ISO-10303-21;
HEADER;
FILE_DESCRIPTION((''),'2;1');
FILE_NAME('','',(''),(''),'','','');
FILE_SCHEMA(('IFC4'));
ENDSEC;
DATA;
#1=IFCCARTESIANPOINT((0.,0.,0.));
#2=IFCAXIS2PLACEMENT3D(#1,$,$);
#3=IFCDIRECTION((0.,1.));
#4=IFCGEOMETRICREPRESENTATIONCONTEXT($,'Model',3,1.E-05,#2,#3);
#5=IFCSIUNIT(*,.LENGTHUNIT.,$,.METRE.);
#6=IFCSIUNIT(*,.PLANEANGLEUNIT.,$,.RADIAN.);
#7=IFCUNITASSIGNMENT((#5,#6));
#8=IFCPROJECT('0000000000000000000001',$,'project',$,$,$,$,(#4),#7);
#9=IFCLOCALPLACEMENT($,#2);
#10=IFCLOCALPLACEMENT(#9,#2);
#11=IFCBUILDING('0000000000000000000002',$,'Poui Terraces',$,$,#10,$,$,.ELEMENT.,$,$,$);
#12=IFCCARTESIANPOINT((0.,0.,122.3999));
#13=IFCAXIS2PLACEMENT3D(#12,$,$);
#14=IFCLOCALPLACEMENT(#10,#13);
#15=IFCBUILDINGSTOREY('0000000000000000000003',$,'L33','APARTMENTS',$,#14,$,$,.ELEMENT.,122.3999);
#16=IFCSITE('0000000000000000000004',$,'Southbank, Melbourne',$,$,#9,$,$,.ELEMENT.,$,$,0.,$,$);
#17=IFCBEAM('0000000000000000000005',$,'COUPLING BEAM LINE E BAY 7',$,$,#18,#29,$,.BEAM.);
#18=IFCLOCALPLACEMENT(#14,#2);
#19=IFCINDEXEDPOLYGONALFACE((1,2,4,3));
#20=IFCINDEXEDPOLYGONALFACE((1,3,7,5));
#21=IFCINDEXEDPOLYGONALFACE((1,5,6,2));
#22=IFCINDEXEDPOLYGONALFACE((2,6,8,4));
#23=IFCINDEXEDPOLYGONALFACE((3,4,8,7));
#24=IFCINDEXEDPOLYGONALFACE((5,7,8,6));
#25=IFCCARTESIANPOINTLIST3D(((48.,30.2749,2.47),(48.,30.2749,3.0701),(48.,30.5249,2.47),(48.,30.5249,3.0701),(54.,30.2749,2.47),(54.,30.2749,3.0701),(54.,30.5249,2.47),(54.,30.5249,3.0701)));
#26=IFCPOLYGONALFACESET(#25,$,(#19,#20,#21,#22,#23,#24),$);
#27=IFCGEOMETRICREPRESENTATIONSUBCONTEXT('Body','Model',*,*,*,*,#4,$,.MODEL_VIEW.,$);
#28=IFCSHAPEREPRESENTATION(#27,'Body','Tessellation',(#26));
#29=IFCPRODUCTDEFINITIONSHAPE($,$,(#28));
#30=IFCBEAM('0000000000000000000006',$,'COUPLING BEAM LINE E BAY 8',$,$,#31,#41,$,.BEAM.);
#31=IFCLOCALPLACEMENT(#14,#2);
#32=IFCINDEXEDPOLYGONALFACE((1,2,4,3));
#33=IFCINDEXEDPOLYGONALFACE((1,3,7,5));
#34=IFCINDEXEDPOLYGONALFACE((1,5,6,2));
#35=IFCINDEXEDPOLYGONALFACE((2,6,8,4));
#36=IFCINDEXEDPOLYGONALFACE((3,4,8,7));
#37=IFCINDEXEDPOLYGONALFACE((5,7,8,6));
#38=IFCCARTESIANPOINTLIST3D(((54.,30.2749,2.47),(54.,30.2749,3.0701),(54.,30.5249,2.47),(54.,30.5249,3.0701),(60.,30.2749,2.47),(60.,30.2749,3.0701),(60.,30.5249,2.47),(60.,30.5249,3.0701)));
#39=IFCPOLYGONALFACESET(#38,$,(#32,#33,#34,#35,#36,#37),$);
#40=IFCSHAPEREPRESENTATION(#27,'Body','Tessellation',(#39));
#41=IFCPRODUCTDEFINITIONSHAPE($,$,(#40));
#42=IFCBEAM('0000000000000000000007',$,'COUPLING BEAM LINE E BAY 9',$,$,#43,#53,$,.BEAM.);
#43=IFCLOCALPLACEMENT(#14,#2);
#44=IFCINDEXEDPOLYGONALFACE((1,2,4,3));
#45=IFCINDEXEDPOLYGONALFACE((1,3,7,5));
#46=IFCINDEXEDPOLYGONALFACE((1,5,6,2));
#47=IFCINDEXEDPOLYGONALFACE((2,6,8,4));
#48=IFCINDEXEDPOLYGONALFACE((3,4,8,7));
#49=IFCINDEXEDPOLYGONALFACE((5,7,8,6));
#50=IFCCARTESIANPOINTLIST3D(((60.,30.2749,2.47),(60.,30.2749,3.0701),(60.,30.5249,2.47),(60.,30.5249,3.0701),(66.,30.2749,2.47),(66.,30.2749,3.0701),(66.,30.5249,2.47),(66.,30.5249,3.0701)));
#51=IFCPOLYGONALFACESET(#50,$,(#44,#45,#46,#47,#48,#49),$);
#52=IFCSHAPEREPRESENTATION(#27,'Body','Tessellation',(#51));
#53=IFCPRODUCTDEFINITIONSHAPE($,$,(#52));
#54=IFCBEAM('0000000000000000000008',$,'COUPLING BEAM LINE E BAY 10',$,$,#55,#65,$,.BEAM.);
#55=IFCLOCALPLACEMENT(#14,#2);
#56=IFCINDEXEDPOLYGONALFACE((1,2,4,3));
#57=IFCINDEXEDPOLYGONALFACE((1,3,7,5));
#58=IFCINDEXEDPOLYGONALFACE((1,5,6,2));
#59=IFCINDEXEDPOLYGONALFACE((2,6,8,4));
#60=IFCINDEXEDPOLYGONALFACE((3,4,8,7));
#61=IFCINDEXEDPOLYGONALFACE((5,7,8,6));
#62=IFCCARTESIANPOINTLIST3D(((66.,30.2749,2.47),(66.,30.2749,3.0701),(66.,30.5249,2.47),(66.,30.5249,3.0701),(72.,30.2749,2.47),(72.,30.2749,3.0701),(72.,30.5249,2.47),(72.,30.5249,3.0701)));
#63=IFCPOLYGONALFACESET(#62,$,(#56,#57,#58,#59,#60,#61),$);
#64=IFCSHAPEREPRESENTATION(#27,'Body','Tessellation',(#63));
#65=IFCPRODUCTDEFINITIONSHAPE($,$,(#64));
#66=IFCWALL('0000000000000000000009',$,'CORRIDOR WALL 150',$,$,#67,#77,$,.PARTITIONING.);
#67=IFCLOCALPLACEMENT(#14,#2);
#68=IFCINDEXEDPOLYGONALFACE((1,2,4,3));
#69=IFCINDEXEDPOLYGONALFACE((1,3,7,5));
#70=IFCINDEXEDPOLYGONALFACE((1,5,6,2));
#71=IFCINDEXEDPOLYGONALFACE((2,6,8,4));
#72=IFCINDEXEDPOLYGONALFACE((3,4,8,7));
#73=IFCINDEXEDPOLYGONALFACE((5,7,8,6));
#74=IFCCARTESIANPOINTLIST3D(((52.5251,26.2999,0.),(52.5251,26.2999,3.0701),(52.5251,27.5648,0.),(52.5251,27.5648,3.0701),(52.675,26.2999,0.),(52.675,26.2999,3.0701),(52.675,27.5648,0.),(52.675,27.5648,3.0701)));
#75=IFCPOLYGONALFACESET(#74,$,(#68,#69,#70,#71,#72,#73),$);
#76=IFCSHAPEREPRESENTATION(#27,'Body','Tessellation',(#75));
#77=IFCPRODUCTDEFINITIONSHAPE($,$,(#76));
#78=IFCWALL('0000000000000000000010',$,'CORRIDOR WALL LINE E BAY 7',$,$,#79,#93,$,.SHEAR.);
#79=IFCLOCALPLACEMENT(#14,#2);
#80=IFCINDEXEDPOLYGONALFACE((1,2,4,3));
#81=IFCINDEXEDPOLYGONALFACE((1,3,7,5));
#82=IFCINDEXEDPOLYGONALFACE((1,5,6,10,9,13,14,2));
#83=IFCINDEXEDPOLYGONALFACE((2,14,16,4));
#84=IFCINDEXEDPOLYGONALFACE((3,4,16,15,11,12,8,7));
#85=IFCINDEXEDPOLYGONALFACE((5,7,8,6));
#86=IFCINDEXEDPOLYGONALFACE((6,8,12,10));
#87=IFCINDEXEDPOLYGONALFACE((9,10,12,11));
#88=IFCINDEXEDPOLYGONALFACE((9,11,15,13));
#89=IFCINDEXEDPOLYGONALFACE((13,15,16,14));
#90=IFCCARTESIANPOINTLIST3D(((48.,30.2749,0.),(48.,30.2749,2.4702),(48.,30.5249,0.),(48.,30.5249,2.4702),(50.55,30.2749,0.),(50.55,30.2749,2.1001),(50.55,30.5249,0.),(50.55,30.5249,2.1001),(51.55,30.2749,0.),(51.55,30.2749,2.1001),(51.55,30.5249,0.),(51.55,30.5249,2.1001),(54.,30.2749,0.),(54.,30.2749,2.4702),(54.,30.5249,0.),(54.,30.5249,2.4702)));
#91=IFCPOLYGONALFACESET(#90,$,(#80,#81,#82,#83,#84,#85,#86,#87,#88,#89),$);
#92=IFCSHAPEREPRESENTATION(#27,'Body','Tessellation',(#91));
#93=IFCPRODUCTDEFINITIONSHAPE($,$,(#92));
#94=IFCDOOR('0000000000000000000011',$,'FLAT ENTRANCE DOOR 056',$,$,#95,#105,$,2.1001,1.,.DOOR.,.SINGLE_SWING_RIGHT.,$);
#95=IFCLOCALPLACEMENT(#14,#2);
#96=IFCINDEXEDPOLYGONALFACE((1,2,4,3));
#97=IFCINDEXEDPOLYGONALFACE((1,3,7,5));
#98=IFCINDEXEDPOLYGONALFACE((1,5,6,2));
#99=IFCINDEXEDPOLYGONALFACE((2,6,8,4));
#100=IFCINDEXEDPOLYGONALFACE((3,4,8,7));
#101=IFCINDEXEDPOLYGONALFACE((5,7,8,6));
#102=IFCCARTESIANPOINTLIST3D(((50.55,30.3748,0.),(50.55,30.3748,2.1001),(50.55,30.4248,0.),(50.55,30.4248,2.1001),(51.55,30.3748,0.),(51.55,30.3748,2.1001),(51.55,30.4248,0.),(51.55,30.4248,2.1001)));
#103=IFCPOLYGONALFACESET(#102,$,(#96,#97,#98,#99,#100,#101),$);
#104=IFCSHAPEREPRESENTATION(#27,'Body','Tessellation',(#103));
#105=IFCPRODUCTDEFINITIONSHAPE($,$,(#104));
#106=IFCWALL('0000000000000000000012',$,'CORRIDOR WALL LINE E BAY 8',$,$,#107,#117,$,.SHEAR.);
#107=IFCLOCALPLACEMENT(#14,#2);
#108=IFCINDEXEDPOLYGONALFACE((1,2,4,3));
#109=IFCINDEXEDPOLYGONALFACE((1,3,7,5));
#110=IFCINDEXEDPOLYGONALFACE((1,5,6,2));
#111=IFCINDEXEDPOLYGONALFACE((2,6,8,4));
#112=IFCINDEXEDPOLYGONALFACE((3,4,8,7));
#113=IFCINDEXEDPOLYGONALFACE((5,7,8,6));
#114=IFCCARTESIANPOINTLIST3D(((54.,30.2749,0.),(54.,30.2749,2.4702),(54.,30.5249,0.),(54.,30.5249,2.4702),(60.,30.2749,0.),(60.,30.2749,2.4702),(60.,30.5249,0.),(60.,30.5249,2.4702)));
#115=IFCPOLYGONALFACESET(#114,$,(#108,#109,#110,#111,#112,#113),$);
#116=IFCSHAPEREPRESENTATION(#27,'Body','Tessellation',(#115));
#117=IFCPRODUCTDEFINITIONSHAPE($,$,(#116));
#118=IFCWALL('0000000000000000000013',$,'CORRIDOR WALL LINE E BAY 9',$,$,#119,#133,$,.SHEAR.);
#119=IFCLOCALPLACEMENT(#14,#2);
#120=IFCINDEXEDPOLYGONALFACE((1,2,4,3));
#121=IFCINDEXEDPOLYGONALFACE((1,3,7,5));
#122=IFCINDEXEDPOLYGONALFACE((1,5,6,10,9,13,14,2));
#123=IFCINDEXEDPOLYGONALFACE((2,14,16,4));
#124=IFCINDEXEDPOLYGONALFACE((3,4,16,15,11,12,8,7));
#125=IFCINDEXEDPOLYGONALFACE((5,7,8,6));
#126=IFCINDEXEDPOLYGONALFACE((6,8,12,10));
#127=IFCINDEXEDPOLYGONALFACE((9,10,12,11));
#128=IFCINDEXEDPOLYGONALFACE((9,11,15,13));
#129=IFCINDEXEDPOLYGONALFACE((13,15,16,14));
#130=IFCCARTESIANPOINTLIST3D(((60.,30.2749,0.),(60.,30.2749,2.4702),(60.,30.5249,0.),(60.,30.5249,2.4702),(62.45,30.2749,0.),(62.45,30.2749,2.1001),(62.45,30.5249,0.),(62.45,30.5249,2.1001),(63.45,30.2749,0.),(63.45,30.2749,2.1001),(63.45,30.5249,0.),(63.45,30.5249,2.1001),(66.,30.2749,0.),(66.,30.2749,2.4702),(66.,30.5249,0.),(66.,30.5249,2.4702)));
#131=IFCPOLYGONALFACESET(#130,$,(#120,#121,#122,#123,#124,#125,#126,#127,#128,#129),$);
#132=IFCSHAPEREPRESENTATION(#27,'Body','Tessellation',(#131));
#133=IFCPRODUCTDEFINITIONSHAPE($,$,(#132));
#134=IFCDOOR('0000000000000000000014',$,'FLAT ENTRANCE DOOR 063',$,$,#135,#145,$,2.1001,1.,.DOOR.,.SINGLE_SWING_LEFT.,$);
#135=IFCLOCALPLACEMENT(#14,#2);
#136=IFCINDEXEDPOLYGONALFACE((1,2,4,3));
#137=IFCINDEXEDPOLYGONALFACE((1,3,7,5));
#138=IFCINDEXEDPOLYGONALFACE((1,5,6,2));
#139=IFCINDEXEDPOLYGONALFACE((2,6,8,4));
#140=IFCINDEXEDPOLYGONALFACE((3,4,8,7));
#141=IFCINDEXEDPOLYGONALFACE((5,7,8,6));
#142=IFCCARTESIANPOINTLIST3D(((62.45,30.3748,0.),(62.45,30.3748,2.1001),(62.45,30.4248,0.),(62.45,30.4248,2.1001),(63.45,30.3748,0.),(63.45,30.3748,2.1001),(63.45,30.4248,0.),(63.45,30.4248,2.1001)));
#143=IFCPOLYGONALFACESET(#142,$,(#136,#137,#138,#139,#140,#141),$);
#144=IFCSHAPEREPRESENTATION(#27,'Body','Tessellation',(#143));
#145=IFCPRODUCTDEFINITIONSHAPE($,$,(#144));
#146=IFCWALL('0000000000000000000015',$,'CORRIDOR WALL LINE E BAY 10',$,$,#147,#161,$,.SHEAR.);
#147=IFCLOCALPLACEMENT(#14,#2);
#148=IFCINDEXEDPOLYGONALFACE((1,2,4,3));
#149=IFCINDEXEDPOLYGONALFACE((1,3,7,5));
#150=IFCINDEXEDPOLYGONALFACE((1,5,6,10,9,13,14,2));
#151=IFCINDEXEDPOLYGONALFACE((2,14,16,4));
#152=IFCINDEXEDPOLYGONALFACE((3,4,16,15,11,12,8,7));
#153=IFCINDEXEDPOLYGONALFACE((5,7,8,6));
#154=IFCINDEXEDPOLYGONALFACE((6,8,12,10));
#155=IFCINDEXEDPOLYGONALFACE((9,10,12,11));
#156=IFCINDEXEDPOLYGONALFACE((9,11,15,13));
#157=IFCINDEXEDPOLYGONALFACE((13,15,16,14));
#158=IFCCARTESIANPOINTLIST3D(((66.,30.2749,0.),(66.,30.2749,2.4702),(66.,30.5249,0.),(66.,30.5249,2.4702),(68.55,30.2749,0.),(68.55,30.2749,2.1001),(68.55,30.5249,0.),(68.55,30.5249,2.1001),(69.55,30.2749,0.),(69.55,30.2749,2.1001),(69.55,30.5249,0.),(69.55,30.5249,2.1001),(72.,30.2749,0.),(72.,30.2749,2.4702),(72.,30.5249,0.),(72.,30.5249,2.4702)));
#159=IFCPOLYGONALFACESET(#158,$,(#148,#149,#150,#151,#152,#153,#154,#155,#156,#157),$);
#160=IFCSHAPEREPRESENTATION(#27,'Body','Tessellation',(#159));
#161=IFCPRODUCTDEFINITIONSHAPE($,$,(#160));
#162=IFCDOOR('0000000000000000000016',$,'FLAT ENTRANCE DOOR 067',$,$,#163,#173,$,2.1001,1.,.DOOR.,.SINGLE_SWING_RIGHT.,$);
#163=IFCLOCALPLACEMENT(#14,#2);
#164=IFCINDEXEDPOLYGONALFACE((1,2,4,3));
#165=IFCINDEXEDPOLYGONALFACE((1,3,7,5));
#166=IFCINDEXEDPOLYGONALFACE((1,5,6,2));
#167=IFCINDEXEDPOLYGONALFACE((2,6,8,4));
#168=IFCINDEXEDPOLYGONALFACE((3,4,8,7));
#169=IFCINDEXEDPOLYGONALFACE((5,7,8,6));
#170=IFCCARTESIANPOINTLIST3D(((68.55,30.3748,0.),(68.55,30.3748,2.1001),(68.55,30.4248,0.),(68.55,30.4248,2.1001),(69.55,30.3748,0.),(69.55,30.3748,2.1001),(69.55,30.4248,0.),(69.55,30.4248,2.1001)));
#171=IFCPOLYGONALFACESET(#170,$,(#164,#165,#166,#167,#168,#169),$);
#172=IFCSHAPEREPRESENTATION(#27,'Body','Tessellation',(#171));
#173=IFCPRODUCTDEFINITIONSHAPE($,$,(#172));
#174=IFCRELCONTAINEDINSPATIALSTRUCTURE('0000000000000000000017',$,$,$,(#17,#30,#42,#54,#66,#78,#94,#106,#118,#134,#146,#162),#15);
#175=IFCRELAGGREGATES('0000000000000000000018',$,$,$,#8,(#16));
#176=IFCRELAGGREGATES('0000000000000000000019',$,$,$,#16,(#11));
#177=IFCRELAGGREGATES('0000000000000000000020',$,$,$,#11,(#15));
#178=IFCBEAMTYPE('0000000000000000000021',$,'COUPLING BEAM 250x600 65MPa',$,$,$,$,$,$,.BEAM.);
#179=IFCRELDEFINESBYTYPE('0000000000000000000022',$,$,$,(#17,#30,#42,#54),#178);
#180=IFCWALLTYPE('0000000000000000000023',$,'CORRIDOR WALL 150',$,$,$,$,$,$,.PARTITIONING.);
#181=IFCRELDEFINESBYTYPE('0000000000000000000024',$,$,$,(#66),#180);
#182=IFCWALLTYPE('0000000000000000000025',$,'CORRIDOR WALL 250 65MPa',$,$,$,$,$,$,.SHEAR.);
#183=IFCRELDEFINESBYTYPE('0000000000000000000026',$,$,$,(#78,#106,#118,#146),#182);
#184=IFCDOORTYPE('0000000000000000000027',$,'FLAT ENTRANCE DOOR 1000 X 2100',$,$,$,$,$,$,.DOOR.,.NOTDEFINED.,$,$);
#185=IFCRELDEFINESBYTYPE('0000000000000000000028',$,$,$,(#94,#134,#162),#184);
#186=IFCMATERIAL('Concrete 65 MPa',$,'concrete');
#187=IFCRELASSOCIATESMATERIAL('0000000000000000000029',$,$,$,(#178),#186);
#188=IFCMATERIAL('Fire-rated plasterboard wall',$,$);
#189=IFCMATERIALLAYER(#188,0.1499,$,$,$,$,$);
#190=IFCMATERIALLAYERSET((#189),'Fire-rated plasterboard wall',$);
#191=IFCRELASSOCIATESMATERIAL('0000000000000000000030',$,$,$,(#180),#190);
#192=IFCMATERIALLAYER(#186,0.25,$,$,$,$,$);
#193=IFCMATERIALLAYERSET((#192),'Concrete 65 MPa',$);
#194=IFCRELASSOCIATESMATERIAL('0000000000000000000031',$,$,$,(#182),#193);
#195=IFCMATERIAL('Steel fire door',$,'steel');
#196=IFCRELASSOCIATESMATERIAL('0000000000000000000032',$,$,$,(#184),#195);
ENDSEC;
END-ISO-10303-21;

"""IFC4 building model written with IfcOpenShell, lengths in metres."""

from ifc_helpers import new_model, si_unit, direction, frame, frame_2d, origin, origin_2d, place, context, subcontext, project, spatial, rectangle, extrude, source, transform, mapped, material, layer, layer_set, material_profile, profile_set, type_object, element, fill, save


model = new_model("IFC4")

# Units and contexts
model_context = context("Model", 3, precision=1e-05, world=origin(), true_north=direction((0.0, 1.0)))
body_context = subcontext(model_context, "Body", "Model", "MODEL_VIEW")
ifc_project = project(units=[si_unit("LENGTHUNIT", "METRE"), si_unit("PLANEANGLEUNIT", "RADIAN")], contexts=[model_context])

# Site, building, storey
site_placement = place(None, origin())
site = spatial("IfcSite", under=ifc_project, at=site_placement, Name="Southbank, Melbourne", CompositionType="ELEMENT", RefElevation=0.0)
building_placement = place(site_placement, origin())
building = spatial("IfcBuilding", under=site, at=building_placement, Name="Poui Terraces", CompositionType="ELEMENT")
storey_placement = place(building_placement, frame((0.0, 0.0, 122.3999)))
storey = spatial("IfcBuildingStorey", under=building, at=storey_placement, Name="L33", Description="APARTMENTS", CompositionType="ELEMENT", Elevation=122.3999)

# Beams
ifc_material_1 = material(Name="Concrete 65 MPa", Category="concrete")
ifc_material_profile = material_profile(ifc_material_1, rectangle(XDim=0.25, YDim=0.6001, at=origin_2d()), Name="RC 250x600")
ifc_profile_set = profile_set([ifc_material_profile], Name="Concrete 65 MPa")
beam_type = type_object("IfcBeamType", Name="COUPLING BEAM 250x600 65MPa", PredefinedType="BEAM", material=ifc_profile_set)
shared_shape = source(origin(), body_context, "Body", "SweptSolid", [
    extrude(rectangle(XDim=0.25, YDim=0.6001, at=origin_2d()), origin(), (0.0, 0.0, 1.0), 6.0),
])
for number, where, z_axis, x_axis, name in (
    (1, (48.0, 30.3999, 2.77), (1.0, 0.0, 0.0), (0.0, 1.0, 0.0), "COUPLING BEAM LINE E BAY 7"),
    (2, (54.0, 30.3999, 2.77), (1.0, 0.0, 0.0), (0.0, 1.0, 0.0), "COUPLING BEAM LINE E BAY 8"),
    (3, (60.0, 30.3999, 2.77), (1.0, 0.0, 0.0), (0.0, 1.0, 0.0), "COUPLING BEAM LINE E BAY 9"),
    (4, (66.0, 30.3999, 2.77), (1.0, 0.0, 0.0), (0.0, 1.0, 0.0), "COUPLING BEAM LINE E BAY 10"),
):
    element("IfcBeam", number, at=place(storey_placement, frame(where, z_axis=z_axis, x_axis=x_axis)), inside=storey, type_object=beam_type, Name=name, PredefinedType="BEAM", context=body_context, shape_type="MappedRepresentation", body=[
        mapped(shared_shape, transform((0.0, 0.0, 0.0))),
    ])

# Wall
ifc_material_2 = material(Name="Fire-rated plasterboard wall")
ifc_layer_1 = layer(ifc_material_2, 0.1499)
ifc_layer_set_1 = layer_set([ifc_layer_1], Name="Fire-rated plasterboard wall")
wall_type_1 = type_object("IfcWallType", Name="CORRIDOR WALL 150", PredefinedType="PARTITIONING", material=ifc_layer_set_1)
wall_1_placement = place(storey_placement, frame((52.6001, 26.3, 0.0), z_axis=(0.0, 0.0, 1.0), x_axis=(0.0, 1.0, 0.0)))
element("IfcWall", 5, at=wall_1_placement, inside=storey, type_object=wall_type_1, Name="CORRIDOR WALL 150", PredefinedType="PARTITIONING", context=body_context, shape_type="SweptSolid", body=[
    extrude(rectangle(XDim=1.2649, YDim=0.1499, at=frame_2d((0.6323, 0.0))), origin(), (0.0, 0.0, 1.0), 3.0701),
])

# Wall, opening, door
ifc_layer_2 = layer(ifc_material_1, 0.25)
ifc_layer_set_2 = layer_set([ifc_layer_2], Name="Concrete 65 MPa")
wall_type_2 = type_object("IfcWallType", Name="CORRIDOR WALL 250 65MPa", PredefinedType="SHEAR", material=ifc_layer_set_2)
wall_2_placement = place(storey_placement, frame((48.0, 30.3999, 0.0), z_axis=(0.0, 0.0, 1.0), x_axis=(1.0, 0.0, 0.0)))
wall_2 = element("IfcWall", 6, at=wall_2_placement, inside=storey, type_object=wall_type_2, Name="CORRIDOR WALL LINE E BAY 7", PredefinedType="SHEAR", context=body_context, shape_type="SweptSolid", body=[
    extrude(rectangle(XDim=6.0, YDim=0.25, at=frame_2d((3.0, 0.0))), origin(), (0.0, 0.0, 1.0), 2.4702),
])
opening_1_placement = place(wall_2_placement, frame((2.55, 0.0, 0.0)))
opening_1 = element("IfcOpeningElement", 7, at=opening_1_placement, cuts=wall_2, PredefinedType="OPENING", context=body_context, shape_type="SweptSolid", body=[
    extrude(rectangle(XDim=1.0, YDim=2.1001, at=frame_2d((0.5, 1.05))), frame((0.0, 0.135, 0.0), z_axis=(0.0, -1.0, 0.0), x_axis=(1.0, 0.0, 0.0)), (0.0, 0.0, 1.0), 0.27),
])
ifc_material_3 = material(Name="Steel fire door", Category="steel")
door_type_1 = type_object("IfcDoorType", Name="FLAT ENTRANCE DOOR 1000 X 2100", OperationType="NOTDEFINED", PredefinedType="DOOR", material=ifc_material_3)
door_1_placement = place(opening_1_placement, origin())
door_1 = element("IfcDoor", 8, at=door_1_placement, inside=storey, type_object=door_type_1, Name="FLAT ENTRANCE DOOR 056", OperationType="SINGLE_SWING_RIGHT", OverallHeight=2.1001, OverallWidth=1.0, PredefinedType="DOOR", context=body_context, shape_type="SweptSolid", body=[
    extrude(rectangle(XDim=1.0, YDim=2.1001, at=frame_2d((0.5, 1.05))), frame((0.0, 0.0249, 0.0), z_axis=(0.0, -1.0, 0.0), x_axis=(1.0, 0.0, 0.0)), (0.0, 0.0, 1.0), 0.05),
])
fill(opening_1, door_1)

# Wall
wall_3_placement = place(storey_placement, frame((54.0, 30.3999, 0.0), z_axis=(0.0, 0.0, 1.0), x_axis=(1.0, 0.0, 0.0)))
element("IfcWall", 9, at=wall_3_placement, inside=storey, type_object=wall_type_2, Name="CORRIDOR WALL LINE E BAY 8", PredefinedType="SHEAR", context=body_context, shape_type="SweptSolid", body=[
    extrude(rectangle(XDim=6.0, YDim=0.25, at=frame_2d((3.0, 0.0))), origin(), (0.0, 0.0, 1.0), 2.4702),
])

# Walls, openings, doors
wall_4_placement = place(storey_placement, frame((60.0, 30.3999, 0.0), z_axis=(0.0, 0.0, 1.0), x_axis=(1.0, 0.0, 0.0)))
wall_4 = element("IfcWall", 10, at=wall_4_placement, inside=storey, type_object=wall_type_2, Name="CORRIDOR WALL LINE E BAY 9", PredefinedType="SHEAR", context=body_context, shape_type="SweptSolid", body=[
    extrude(rectangle(XDim=6.0, YDim=0.25, at=frame_2d((3.0, 0.0))), origin(), (0.0, 0.0, 1.0), 2.4702),
])
opening_2_placement = place(wall_4_placement, frame((2.45, 0.0, 0.0)))
opening_2 = element("IfcOpeningElement", 11, at=opening_2_placement, cuts=wall_4, PredefinedType="OPENING", context=body_context, shape_type="SweptSolid", body=[
    extrude(rectangle(XDim=1.0, YDim=2.1001, at=frame_2d((0.5, 1.05))), frame((0.0, 0.135, 0.0), z_axis=(0.0, -1.0, 0.0), x_axis=(1.0, 0.0, 0.0)), (0.0, 0.0, 1.0), 0.27),
])
door_2_placement = place(opening_2_placement, origin())
door_2 = element("IfcDoor", 12, at=door_2_placement, inside=storey, type_object=door_type_1, Name="FLAT ENTRANCE DOOR 063", OperationType="SINGLE_SWING_LEFT", OverallHeight=2.1001, OverallWidth=1.0, PredefinedType="DOOR", context=body_context, shape_type="SweptSolid", body=[
    extrude(rectangle(XDim=1.0, YDim=2.1001, at=frame_2d((0.5, 1.05))), frame((0.0, 0.0249, 0.0), z_axis=(0.0, -1.0, 0.0), x_axis=(1.0, 0.0, 0.0)), (0.0, 0.0, 1.0), 0.05),
])
fill(opening_2, door_2)
wall_5_placement = place(storey_placement, frame((66.0, 30.3999, 0.0), z_axis=(0.0, 0.0, 1.0), x_axis=(1.0, 0.0, 0.0)))
wall_5 = element("IfcWall", 13, at=wall_5_placement, inside=storey, type_object=wall_type_2, Name="CORRIDOR WALL LINE E BAY 10", PredefinedType="SHEAR", context=body_context, shape_type="SweptSolid", body=[
    extrude(rectangle(XDim=6.0, YDim=0.25, at=frame_2d((3.0, 0.0))), origin(), (0.0, 0.0, 1.0), 2.4702),
])
opening_3_placement = place(wall_5_placement, frame((2.55, 0.0, 0.0)))
opening_3 = element("IfcOpeningElement", 14, at=opening_3_placement, cuts=wall_5, PredefinedType="OPENING", context=body_context, shape_type="SweptSolid", body=[
    extrude(rectangle(XDim=1.0, YDim=2.1001, at=frame_2d((0.5, 1.05))), frame((0.0, 0.135, 0.0), z_axis=(0.0, -1.0, 0.0), x_axis=(1.0, 0.0, 0.0)), (0.0, 0.0, 1.0), 0.27),
])
door_3_placement = place(opening_3_placement, origin())
door_3 = element("IfcDoor", 15, at=door_3_placement, inside=storey, type_object=door_type_1, Name="FLAT ENTRANCE DOOR 067", OperationType="SINGLE_SWING_RIGHT", OverallHeight=2.1001, OverallWidth=1.0, PredefinedType="DOOR", context=body_context, shape_type="SweptSolid", body=[
    extrude(rectangle(XDim=1.0, YDim=2.1001, at=frame_2d((0.5, 1.05))), frame((0.0, 0.0249, 0.0), z_axis=(0.0, -1.0, 0.0), x_axis=(1.0, 0.0, 0.0)), (0.0, 0.0, 1.0), 0.05),
])
fill(opening_3, door_3)

save(model, "model.ifc")
